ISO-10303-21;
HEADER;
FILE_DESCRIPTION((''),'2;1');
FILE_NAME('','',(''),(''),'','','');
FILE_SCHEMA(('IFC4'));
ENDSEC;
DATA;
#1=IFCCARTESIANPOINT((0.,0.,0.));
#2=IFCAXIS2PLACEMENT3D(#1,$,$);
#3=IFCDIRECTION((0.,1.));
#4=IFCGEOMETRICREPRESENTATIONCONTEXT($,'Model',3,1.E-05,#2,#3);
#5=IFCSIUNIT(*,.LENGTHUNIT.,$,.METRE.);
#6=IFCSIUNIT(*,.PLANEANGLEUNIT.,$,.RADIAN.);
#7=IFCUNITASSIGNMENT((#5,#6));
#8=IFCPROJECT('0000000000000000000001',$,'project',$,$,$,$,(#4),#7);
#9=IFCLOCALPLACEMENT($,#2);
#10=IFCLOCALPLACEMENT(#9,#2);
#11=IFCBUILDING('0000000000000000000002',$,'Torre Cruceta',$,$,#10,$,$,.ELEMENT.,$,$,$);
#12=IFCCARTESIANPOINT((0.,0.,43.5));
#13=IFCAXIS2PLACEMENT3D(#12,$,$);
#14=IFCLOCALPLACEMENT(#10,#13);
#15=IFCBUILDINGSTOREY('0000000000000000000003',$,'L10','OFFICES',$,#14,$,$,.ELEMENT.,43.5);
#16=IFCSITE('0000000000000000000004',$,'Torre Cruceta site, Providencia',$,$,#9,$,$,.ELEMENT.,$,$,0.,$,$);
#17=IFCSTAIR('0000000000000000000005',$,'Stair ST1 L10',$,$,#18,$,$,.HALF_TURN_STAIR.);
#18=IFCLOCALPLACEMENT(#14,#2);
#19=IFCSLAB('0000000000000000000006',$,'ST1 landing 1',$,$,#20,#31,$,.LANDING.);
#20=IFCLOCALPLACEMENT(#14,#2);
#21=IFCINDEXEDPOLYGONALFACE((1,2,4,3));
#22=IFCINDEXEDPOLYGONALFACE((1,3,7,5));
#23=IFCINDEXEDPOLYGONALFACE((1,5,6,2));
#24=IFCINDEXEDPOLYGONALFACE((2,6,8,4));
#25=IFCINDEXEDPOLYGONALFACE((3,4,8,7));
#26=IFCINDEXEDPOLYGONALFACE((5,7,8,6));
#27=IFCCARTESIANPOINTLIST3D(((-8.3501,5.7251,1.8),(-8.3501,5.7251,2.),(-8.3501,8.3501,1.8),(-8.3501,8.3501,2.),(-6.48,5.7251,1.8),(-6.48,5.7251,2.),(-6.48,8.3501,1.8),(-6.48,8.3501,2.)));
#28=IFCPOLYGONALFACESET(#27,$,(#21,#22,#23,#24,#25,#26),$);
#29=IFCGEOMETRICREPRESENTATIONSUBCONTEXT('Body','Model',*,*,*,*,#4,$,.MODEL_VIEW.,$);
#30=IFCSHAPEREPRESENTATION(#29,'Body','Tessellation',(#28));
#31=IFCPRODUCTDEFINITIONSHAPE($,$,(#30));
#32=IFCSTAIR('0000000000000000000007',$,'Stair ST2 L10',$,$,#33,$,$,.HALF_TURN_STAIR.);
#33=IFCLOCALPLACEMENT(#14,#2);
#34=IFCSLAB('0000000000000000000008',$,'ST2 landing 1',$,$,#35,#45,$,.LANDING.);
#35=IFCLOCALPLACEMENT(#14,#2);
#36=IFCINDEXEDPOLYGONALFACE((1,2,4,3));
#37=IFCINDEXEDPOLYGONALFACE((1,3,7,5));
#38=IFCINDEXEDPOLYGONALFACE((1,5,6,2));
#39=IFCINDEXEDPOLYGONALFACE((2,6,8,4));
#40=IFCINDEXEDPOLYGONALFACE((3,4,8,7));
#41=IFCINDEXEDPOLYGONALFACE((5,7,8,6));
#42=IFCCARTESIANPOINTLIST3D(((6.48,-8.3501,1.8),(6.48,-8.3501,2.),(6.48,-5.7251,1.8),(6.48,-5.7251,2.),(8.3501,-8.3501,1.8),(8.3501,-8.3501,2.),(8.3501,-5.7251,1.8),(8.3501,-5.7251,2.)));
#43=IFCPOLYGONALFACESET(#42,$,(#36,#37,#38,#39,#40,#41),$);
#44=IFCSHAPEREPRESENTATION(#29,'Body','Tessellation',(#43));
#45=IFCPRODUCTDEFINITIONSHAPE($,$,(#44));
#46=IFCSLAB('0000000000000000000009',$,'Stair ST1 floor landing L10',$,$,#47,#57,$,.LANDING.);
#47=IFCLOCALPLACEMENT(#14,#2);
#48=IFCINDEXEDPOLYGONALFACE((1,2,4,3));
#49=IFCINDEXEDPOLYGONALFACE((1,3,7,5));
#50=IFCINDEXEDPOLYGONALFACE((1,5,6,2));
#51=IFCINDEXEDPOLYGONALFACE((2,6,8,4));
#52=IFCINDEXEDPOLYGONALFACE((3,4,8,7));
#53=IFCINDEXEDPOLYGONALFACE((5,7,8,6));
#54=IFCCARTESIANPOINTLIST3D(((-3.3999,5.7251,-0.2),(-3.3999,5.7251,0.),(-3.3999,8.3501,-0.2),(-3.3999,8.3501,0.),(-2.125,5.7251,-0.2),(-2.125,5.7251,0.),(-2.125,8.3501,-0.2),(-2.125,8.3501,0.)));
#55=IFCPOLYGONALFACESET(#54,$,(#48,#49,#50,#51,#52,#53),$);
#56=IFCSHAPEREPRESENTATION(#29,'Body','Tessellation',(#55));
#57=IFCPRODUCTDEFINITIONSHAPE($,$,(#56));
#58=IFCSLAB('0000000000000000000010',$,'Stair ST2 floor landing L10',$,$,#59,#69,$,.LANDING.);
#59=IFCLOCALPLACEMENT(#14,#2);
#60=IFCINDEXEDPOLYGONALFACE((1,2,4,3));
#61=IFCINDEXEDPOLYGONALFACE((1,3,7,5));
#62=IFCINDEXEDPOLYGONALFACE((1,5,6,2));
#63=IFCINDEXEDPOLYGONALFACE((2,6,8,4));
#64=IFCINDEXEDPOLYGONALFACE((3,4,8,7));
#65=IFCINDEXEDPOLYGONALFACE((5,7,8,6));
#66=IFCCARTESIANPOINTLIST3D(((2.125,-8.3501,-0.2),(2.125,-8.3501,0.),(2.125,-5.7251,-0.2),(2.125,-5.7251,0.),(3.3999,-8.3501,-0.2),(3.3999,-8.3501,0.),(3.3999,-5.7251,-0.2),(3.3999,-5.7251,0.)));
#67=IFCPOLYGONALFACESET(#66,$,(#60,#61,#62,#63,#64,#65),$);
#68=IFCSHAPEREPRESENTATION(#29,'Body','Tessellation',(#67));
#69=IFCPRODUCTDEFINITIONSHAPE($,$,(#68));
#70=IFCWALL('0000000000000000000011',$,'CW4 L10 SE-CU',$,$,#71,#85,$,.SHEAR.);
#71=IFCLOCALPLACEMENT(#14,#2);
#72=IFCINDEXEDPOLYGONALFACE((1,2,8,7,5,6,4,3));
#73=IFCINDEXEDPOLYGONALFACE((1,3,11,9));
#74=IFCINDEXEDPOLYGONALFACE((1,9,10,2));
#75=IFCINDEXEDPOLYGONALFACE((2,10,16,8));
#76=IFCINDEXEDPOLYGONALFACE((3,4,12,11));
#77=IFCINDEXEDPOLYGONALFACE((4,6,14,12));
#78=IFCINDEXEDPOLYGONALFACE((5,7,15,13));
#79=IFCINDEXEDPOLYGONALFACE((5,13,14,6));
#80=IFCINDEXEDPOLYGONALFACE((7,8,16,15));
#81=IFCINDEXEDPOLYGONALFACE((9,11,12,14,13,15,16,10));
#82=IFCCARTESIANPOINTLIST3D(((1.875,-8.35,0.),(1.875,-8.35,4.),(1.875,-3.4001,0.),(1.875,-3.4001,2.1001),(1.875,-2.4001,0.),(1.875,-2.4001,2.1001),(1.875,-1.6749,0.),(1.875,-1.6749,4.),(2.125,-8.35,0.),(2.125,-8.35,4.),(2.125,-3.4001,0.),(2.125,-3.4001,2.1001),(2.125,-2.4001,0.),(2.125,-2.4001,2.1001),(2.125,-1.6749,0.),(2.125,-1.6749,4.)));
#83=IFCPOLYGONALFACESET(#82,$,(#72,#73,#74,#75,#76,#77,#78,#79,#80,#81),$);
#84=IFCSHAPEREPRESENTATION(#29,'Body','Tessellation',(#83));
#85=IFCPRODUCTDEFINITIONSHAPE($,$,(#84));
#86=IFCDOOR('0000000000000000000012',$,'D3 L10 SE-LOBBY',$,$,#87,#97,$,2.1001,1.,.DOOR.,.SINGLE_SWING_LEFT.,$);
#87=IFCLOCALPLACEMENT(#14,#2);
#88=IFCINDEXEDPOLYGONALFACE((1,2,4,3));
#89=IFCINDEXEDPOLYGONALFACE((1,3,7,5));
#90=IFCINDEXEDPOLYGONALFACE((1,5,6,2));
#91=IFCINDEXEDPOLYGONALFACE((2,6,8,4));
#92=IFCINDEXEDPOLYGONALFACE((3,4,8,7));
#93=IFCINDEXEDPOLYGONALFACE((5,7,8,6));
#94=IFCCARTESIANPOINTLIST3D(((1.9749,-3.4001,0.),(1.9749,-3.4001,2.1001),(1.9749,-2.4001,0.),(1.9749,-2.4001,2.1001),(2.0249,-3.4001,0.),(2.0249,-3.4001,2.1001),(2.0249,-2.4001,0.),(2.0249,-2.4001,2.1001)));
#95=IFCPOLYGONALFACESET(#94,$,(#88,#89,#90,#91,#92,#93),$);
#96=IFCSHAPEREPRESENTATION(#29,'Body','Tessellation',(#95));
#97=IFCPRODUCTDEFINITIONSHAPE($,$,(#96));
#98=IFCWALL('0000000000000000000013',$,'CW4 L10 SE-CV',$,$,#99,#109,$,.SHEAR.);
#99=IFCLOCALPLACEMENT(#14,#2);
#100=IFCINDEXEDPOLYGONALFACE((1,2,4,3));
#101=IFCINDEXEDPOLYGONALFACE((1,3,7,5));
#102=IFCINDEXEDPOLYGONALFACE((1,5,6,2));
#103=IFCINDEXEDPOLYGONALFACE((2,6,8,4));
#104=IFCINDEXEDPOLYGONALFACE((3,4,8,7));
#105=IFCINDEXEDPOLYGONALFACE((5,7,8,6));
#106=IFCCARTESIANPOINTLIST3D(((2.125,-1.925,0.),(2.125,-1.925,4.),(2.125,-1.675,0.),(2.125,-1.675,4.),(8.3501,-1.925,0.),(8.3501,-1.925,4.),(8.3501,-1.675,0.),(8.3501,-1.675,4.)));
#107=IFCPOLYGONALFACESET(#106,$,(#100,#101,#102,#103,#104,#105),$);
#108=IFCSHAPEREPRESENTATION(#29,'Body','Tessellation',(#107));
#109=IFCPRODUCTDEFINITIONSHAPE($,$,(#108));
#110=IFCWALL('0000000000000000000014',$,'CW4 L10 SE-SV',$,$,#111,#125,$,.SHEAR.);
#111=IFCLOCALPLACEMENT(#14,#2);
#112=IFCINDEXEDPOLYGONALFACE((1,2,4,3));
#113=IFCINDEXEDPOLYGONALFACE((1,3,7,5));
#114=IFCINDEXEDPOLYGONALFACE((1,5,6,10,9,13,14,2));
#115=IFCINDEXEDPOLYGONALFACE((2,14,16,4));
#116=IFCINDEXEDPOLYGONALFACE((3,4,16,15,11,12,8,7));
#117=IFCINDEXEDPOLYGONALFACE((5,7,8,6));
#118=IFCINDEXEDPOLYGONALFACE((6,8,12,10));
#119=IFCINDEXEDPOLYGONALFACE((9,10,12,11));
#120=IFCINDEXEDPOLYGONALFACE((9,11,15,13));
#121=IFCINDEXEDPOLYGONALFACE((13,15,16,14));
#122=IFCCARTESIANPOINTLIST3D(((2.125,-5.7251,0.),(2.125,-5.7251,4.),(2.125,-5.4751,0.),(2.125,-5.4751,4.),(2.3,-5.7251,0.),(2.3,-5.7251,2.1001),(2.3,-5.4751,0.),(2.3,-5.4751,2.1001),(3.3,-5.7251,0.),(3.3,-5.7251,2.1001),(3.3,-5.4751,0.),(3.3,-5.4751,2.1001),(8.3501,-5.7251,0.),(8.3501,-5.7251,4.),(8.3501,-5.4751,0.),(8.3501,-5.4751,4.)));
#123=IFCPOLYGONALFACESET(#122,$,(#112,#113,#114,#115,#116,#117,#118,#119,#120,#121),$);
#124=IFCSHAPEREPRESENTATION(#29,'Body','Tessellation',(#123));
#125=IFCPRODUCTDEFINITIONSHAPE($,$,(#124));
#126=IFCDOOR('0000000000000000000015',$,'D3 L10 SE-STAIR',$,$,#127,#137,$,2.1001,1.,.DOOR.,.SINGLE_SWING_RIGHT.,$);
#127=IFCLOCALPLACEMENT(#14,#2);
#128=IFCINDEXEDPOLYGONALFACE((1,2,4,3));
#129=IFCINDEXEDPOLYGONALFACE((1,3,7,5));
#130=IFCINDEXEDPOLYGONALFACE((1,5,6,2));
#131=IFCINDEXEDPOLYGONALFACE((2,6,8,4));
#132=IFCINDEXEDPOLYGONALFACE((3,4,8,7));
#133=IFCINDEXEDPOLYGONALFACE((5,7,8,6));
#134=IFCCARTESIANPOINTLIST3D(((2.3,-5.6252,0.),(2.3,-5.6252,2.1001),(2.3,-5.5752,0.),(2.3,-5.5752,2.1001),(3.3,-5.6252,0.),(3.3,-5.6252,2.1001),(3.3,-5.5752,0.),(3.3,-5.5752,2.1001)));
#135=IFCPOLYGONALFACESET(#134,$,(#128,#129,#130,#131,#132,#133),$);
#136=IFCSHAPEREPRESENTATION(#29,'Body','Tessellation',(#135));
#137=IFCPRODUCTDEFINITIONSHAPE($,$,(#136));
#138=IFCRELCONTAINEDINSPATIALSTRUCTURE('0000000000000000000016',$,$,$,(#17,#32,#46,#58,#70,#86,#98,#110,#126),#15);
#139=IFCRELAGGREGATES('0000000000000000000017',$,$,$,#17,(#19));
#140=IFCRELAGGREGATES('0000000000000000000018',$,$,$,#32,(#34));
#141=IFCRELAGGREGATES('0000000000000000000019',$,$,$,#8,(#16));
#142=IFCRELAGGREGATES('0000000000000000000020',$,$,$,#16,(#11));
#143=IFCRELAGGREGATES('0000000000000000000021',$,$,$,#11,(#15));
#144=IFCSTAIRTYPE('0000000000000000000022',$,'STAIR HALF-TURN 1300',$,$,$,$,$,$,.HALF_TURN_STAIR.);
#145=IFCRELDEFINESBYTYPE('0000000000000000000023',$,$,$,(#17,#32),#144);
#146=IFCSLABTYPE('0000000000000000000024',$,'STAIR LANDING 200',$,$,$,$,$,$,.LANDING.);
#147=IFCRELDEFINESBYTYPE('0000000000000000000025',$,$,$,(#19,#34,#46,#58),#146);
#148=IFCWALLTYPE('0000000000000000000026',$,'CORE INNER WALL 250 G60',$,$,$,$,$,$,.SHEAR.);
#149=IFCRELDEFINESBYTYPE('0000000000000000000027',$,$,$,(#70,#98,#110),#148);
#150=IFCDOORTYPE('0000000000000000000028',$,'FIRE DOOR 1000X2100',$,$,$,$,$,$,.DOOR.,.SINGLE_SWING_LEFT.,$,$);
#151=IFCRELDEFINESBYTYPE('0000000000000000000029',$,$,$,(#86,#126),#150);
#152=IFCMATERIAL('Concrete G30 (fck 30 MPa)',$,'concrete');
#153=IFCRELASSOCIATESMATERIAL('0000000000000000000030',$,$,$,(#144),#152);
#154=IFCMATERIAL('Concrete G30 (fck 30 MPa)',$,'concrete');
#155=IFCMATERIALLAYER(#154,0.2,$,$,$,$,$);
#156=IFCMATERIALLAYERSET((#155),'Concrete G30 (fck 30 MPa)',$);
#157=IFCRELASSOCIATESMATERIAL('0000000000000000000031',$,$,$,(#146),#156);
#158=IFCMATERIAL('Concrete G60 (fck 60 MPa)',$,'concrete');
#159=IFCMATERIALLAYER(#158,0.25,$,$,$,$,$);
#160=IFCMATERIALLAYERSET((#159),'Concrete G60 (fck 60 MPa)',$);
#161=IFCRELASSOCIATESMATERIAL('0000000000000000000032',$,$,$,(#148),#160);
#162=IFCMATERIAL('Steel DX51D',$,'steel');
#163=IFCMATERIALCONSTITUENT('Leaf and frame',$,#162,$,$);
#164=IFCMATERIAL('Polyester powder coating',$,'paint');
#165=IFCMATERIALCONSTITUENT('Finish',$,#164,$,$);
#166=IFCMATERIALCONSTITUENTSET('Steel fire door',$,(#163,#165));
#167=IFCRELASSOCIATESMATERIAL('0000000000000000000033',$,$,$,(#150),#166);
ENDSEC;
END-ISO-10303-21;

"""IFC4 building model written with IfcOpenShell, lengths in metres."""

from ifc_helpers import new_model, si_unit, direction, frame, frame_2d, origin, place, context, subcontext, project, spatial, polyline, rectangle, outline, extrude, material, layer, layer_set, constituent, constituent_set, type_object, element, fill, aggregate, save


model = new_model("IFC4")

# Units and contexts
model_context = context("Model", 3, precision=1e-05, world=origin(), true_north=direction((0.0, 1.0)))
body_context = subcontext(model_context, "Body", "Model", "MODEL_VIEW")
ifc_project = project(units=[si_unit("LENGTHUNIT", "METRE"), si_unit("PLANEANGLEUNIT", "RADIAN")], contexts=[model_context])

# Site, building, storey
site_placement = place(None, origin())
site = spatial("IfcSite", under=ifc_project, at=site_placement, Name="Torre Cruceta site, Providencia", CompositionType="ELEMENT", RefElevation=0.0)
building_placement = place(site_placement, origin())
building = spatial("IfcBuilding", under=site, at=building_placement, Name="Torre Cruceta", CompositionType="ELEMENT")
storey_placement = place(building_placement, frame((0.0, 0.0, 43.5)))
storey = spatial("IfcBuildingStorey", under=building, at=storey_placement, Name="L10", Description="OFFICES", CompositionType="ELEMENT", Elevation=43.5)

# Stairs, slabs
ifc_material_1 = material(Name="Concrete G30 (fck 30 MPa)", Category="concrete")
stair_type = type_object("IfcStairType", Name="STAIR HALF-TURN 1300", PredefinedType="HALF_TURN_STAIR", material=ifc_material_1)
stair_1_placement = place(storey_placement, origin())
stair_1 = element("IfcStair", 1, at=stair_1_placement, inside=storey, type_object=stair_type, Name="Stair ST1 L10", PredefinedType="HALF_TURN_STAIR")
ifc_material_2 = material(Name="Concrete G30 (fck 30 MPa)", Category="concrete")
ifc_layer_1 = layer(ifc_material_2, 0.2)
ifc_layer_set_1 = layer_set([ifc_layer_1], Name="Concrete G30 (fck 30 MPa)")
slab_type_1 = type_object("IfcSlabType", Name="STAIR LANDING 200", PredefinedType="LANDING", material=ifc_layer_set_1)
slab_1_placement = place(storey_placement, frame((0.0, 0.0, 1.8)))
slab_1 = element("IfcSlab", 2, at=slab_1_placement, type_object=slab_type_1, Name="ST1 landing 1", PredefinedType="LANDING", context=body_context, shape_type="SweptSolid", body=[
    extrude(outline(polyline([(-8.3501, 5.7251), (-6.48, 5.7251), (-6.48, 8.3501), (-8.3501, 8.3501), (-8.3501, 5.7251)])), origin(), (0.0, 0.0, 1.0), 0.2),
])
aggregate(stair_1, [slab_1])
stair_2_placement = place(storey_placement, origin())
stair_2 = element("IfcStair", 3, at=stair_2_placement, inside=storey, type_object=stair_type, Name="Stair ST2 L10", PredefinedType="HALF_TURN_STAIR")
slab_2_placement = place(storey_placement, frame((0.0, 0.0, 1.8)))
slab_2 = element("IfcSlab", 4, at=slab_2_placement, type_object=slab_type_1, Name="ST2 landing 1", PredefinedType="LANDING", context=body_context, shape_type="SweptSolid", body=[
    extrude(outline(polyline([(6.48, -8.3501), (8.3501, -8.3501), (8.3501, -5.7251), (6.48, -5.7251), (6.48, -8.3501)])), origin(), (0.0, 0.0, 1.0), 0.2),
])

# Slabs
slab_3_placement = place(storey_placement, frame((0.0, 0.0, -0.2)))
element("IfcSlab", 5, at=slab_3_placement, inside=storey, type_object=slab_type_1, Name="Stair ST1 floor landing L10", PredefinedType="LANDING", context=body_context, shape_type="SweptSolid", body=[
    extrude(outline(polyline([(-2.125, 8.3501), (-2.125, 5.7251), (-3.3999, 5.7251), (-3.3999, 8.3501), (-2.125, 8.3501)])), origin(), (0.0, 0.0, 1.0), 0.2),
])
slab_4_placement = place(storey_placement, frame((0.0, 0.0, -0.2)))
element("IfcSlab", 6, at=slab_4_placement, inside=storey, type_object=slab_type_1, Name="Stair ST2 floor landing L10", PredefinedType="LANDING", context=body_context, shape_type="SweptSolid", body=[
    extrude(outline(polyline([(2.125, -8.3501), (2.125, -5.7251), (3.3999, -5.7251), (3.3999, -8.3501), (2.125, -8.3501)])), origin(), (0.0, 0.0, 1.0), 0.2),
])

# Wall, opening, door
ifc_material_3 = material(Name="Concrete G60 (fck 60 MPa)", Category="concrete")
ifc_layer_2 = layer(ifc_material_3, 0.25)
ifc_layer_set_2 = layer_set([ifc_layer_2], Name="Concrete G60 (fck 60 MPa)")
wall_type_1 = type_object("IfcWallType", Name="CORE INNER WALL 250 G60", PredefinedType="SHEAR", material=ifc_layer_set_2)
wall_1_placement = place(storey_placement, frame((2.0, -1.675, 0.0), z_axis=(0.0, 0.0, 1.0), x_axis=(0.0, -1.0, 0.0)))
wall_1 = element("IfcWall", 7, at=wall_1_placement, inside=storey, type_object=wall_type_1, Name="CW4 L10 SE-CU", PredefinedType="SHEAR", context=body_context, shape_type="SweptSolid", body=[
    extrude(rectangle(XDim=6.675, YDim=0.25, at=frame_2d((3.3374, 0.0))), origin(), (0.0, 0.0, 1.0), 4.0),
])
opening_1_placement = place(wall_1_placement, frame((0.7251, 0.0, 0.0)))
opening_1 = element("IfcOpeningElement", 8, at=opening_1_placement, cuts=wall_1, PredefinedType="OPENING", context=body_context, shape_type="SweptSolid", body=[
    extrude(rectangle(XDim=1.0, YDim=2.1001, at=frame_2d((0.5, 1.05))), frame((0.0, 0.135, 0.0), z_axis=(0.0, -1.0, 0.0), x_axis=(1.0, 0.0, 0.0)), (0.0, 0.0, 1.0), 0.27),
])
ifc_material_4 = material(Name="Steel DX51D", Category="steel")
ifc_constituent_1 = constituent(ifc_material_4, Name="Leaf and frame")
ifc_material_5 = material(Name="Polyester powder coating", Category="paint")
ifc_constituent_2 = constituent(ifc_material_5, Name="Finish")
ifc_constituent_set_1 = constituent_set(constituents=[ifc_constituent_1, ifc_constituent_2], Name="Steel fire door")
door_type_1 = type_object("IfcDoorType", Name="FIRE DOOR 1000X2100", OperationType="SINGLE_SWING_LEFT", PredefinedType="DOOR", material=ifc_constituent_set_1)
door_1_placement = place(opening_1_placement, origin())
door_1 = element("IfcDoor", 9, at=door_1_placement, inside=storey, type_object=door_type_1, Name="D3 L10 SE-LOBBY", OperationType="SINGLE_SWING_LEFT", OverallHeight=2.1001, OverallWidth=1.0, PredefinedType="DOOR", context=body_context, shape_type="SweptSolid", body=[
    extrude(rectangle(XDim=1.0, YDim=2.1001, at=frame_2d((0.5, 1.05))), frame((0.0, 0.0249, 0.0), z_axis=(0.0, -1.0, 0.0), x_axis=(1.0, 0.0, 0.0)), (0.0, 0.0, 1.0), 0.05),
])
fill(opening_1, door_1)

# Wall
wall_2_placement = place(storey_placement, frame((2.125, -1.8, 0.0), z_axis=(0.0, 0.0, 1.0), x_axis=(1.0, 0.0, 0.0)))
element("IfcWall", 10, at=wall_2_placement, inside=storey, type_object=wall_type_1, Name="CW4 L10 SE-CV", PredefinedType="SHEAR", context=body_context, shape_type="SweptSolid", body=[
    extrude(rectangle(XDim=6.2251, YDim=0.25, at=frame_2d((3.1125, 0.0))), origin(), (0.0, 0.0, 1.0), 4.0),
])

# Wall, opening, door
wall_3_placement = place(storey_placement, frame((2.125, -5.6001, 0.0), z_axis=(0.0, 0.0, 1.0), x_axis=(1.0, 0.0, 0.0)))
wall_3 = element("IfcWall", 11, at=wall_3_placement, inside=storey, type_object=wall_type_1, Name="CW4 L10 SE-SV", PredefinedType="SHEAR", context=body_context, shape_type="SweptSolid", body=[
    extrude(rectangle(XDim=6.2251, YDim=0.25, at=frame_2d((3.1125, 0.0))), origin(), (0.0, 0.0, 1.0), 4.0),
])
opening_2_placement = place(wall_3_placement, frame((0.175, 0.0, 0.0)))
opening_2 = element("IfcOpeningElement", 12, at=opening_2_placement, cuts=wall_3, PredefinedType="OPENING", context=body_context, shape_type="SweptSolid", body=[
    extrude(rectangle(XDim=1.0, YDim=2.1001, at=frame_2d((0.5, 1.05))), frame((0.0, 0.135, 0.0), z_axis=(0.0, -1.0, 0.0), x_axis=(1.0, 0.0, 0.0)), (0.0, 0.0, 1.0), 0.27),
])
door_2_placement = place(opening_2_placement, frame((1.0, 0.0, 0.0), z_axis=(0.0, 0.0, 1.0), x_axis=(-1.0, 0.0, 0.0)))
door_2 = element("IfcDoor", 13, at=door_2_placement, inside=storey, type_object=door_type_1, Name="D3 L10 SE-STAIR", OperationType="SINGLE_SWING_RIGHT", OverallHeight=2.1001, OverallWidth=1.0, PredefinedType="DOOR", context=body_context, shape_type="SweptSolid", body=[
    extrude(rectangle(XDim=1.0, YDim=2.1001, at=frame_2d((0.5, 1.05))), frame((0.0, 0.0251, 0.0), z_axis=(0.0, -1.0, 0.0), x_axis=(1.0, 0.0, 0.0)), (0.0, 0.0, 1.0), 0.05),
])
fill(opening_2, door_2)

aggregate(stair_2, [slab_2])

save(model, "model.ifc")
